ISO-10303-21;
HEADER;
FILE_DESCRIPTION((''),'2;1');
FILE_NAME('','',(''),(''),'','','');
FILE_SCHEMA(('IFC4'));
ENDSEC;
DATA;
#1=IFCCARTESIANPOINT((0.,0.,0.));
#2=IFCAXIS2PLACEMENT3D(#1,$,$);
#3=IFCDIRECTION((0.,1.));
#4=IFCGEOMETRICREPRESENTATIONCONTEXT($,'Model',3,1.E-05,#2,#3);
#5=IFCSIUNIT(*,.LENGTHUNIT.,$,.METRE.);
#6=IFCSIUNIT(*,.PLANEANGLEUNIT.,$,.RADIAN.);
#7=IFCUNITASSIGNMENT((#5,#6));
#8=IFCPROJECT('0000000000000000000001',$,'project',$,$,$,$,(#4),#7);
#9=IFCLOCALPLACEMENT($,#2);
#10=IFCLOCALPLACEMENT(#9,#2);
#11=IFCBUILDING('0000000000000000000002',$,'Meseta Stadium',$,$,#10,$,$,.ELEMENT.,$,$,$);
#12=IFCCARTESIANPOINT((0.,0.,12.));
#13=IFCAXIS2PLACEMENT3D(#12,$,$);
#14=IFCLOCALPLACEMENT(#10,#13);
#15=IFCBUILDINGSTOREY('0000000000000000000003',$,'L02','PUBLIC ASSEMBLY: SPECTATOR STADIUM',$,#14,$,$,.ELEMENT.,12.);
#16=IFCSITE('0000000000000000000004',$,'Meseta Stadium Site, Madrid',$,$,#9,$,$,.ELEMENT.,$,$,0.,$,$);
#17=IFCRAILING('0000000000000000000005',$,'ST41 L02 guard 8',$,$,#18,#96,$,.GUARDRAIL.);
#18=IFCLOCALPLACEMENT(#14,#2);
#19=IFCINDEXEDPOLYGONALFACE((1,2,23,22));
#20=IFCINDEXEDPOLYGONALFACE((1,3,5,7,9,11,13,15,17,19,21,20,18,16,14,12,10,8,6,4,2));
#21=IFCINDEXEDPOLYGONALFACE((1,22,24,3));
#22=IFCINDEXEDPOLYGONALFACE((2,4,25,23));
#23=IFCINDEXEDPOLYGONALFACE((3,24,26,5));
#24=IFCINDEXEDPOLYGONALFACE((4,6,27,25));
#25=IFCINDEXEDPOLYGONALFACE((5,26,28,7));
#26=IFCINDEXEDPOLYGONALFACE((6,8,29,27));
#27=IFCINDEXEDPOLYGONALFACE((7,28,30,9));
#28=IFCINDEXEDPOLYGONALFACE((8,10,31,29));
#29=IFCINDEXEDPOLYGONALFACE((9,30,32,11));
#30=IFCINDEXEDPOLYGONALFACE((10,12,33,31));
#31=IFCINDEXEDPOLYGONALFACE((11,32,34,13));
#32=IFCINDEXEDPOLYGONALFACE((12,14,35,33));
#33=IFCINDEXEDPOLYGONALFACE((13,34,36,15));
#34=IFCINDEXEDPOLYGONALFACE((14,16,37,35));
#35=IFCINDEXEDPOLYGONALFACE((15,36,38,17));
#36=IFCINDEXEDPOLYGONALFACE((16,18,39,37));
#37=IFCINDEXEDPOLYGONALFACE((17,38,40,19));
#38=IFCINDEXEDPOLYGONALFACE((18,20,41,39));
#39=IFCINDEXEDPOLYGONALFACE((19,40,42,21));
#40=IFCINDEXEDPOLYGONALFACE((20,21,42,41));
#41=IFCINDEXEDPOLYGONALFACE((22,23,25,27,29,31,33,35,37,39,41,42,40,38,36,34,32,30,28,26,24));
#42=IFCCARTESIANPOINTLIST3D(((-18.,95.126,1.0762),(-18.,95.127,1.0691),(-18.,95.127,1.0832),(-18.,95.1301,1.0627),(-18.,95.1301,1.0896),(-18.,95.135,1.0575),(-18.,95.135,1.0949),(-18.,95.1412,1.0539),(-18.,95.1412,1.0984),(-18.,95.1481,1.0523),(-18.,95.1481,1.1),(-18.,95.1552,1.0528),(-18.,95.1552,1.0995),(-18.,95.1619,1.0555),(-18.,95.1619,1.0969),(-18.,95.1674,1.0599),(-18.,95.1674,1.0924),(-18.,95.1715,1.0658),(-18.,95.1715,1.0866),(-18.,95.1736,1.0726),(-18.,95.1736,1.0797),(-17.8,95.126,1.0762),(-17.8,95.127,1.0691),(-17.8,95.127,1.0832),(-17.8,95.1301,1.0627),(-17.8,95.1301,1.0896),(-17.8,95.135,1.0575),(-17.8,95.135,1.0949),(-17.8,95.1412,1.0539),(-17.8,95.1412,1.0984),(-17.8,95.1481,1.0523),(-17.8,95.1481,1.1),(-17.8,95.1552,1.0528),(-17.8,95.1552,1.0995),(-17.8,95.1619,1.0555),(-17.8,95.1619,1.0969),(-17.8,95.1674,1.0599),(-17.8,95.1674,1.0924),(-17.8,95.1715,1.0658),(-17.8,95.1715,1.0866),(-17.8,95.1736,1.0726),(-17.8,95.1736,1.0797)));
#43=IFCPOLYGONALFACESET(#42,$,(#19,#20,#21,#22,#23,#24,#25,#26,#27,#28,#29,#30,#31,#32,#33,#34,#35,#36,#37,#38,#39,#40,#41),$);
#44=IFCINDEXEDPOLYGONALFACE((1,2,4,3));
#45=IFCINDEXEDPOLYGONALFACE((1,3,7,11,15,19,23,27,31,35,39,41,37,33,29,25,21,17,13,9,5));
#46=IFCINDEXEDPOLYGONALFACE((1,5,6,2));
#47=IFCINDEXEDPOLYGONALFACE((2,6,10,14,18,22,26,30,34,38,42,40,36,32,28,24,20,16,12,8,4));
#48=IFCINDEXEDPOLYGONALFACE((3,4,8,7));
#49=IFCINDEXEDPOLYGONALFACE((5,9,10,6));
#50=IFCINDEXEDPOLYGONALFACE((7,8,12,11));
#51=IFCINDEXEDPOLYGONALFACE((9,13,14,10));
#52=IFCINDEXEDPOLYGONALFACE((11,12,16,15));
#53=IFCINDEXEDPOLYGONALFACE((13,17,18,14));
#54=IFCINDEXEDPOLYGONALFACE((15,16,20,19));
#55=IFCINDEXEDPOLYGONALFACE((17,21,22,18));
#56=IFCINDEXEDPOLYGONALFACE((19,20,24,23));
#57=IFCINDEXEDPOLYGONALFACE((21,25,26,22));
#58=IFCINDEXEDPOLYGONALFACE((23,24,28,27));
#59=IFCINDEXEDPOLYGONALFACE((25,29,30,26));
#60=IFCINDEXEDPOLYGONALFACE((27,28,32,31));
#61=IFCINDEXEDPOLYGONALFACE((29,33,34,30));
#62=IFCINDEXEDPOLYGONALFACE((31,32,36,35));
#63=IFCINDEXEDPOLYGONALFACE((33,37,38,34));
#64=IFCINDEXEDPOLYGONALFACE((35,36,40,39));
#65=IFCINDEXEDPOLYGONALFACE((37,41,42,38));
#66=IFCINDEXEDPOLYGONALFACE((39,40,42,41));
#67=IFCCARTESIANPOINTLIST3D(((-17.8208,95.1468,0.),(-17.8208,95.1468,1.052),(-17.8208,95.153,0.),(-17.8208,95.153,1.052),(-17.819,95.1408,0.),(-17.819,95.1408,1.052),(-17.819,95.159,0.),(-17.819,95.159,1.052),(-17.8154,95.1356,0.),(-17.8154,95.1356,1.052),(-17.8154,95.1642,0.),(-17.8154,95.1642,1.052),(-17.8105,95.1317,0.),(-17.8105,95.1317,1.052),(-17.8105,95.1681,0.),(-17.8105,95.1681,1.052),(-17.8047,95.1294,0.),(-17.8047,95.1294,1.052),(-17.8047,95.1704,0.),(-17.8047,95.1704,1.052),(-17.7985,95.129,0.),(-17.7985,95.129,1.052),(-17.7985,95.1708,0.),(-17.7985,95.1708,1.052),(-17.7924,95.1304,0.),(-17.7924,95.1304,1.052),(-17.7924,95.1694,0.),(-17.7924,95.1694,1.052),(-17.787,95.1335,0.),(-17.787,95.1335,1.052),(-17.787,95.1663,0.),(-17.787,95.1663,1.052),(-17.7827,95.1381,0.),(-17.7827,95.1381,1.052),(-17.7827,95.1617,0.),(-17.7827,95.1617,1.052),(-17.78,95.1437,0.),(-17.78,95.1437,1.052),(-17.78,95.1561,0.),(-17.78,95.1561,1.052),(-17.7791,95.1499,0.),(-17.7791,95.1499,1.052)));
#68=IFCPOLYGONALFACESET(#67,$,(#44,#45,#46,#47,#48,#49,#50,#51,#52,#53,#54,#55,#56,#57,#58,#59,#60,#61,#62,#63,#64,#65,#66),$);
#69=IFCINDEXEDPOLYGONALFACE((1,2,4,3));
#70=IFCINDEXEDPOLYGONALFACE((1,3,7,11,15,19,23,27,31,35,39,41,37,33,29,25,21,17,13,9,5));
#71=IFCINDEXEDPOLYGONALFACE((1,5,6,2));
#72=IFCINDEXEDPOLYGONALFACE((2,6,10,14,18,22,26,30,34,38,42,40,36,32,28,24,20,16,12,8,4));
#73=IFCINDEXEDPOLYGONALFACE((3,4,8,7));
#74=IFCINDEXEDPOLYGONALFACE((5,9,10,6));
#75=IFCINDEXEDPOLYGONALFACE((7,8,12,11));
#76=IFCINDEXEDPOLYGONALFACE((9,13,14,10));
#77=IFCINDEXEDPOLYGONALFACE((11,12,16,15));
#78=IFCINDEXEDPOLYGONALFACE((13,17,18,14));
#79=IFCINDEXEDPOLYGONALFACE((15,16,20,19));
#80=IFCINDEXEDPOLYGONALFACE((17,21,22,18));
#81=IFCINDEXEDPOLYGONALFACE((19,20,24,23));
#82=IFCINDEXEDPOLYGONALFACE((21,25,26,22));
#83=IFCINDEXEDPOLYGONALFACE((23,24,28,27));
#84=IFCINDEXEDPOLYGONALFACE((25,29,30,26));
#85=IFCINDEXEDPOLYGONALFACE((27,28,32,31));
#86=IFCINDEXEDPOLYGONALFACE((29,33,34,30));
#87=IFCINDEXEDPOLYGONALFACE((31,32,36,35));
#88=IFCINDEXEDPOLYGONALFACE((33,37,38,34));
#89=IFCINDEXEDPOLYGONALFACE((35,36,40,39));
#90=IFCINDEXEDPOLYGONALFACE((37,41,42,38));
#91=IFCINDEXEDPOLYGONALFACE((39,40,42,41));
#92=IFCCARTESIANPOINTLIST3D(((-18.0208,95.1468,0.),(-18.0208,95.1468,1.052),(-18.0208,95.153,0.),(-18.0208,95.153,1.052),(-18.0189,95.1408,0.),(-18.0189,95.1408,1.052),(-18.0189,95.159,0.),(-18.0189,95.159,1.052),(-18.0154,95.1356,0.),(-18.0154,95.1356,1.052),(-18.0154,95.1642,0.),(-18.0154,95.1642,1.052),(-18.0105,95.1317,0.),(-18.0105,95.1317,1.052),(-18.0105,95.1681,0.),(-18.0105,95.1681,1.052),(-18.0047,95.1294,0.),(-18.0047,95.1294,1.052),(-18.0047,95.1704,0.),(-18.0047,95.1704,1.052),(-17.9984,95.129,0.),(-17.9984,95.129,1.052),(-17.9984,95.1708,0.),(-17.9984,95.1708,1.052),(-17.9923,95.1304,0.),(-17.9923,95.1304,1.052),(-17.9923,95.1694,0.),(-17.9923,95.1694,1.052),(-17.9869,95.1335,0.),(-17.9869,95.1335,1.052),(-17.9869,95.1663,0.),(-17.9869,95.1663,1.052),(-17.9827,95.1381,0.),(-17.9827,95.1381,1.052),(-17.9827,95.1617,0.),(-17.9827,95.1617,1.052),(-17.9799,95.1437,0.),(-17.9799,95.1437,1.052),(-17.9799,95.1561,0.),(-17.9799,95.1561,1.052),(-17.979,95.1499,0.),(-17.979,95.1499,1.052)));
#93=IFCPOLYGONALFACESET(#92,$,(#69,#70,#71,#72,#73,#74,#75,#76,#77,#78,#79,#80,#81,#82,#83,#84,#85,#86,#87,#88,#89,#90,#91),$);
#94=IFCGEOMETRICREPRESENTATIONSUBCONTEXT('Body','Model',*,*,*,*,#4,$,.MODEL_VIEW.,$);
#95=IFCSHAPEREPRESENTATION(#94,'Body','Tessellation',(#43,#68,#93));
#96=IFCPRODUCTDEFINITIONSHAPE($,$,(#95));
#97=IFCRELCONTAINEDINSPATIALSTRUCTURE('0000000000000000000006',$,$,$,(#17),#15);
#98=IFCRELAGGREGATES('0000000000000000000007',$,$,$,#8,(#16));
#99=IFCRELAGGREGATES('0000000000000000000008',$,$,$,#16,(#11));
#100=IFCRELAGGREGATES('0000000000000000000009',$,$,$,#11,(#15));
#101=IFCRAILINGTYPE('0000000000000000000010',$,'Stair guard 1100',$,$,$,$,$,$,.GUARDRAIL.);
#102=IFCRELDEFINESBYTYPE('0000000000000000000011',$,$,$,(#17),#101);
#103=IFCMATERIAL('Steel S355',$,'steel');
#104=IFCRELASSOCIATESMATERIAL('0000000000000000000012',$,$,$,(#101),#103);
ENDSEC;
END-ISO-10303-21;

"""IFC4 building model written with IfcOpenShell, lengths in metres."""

from ifc_helpers import new_model, si_unit, direction, frame, origin, origin_2d, place, context, subcontext, project, spatial, circle, extrude, material, type_object, element, save


model = new_model("IFC4")

# Units and contexts
model_context = context("Model", 3, precision=1e-05, world=origin(), true_north=direction((0.0, 1.0)))
body_context = subcontext(model_context, "Body", "Model", "MODEL_VIEW")
ifc_project = project(units=[si_unit("LENGTHUNIT", "METRE"), si_unit("PLANEANGLEUNIT", "RADIAN")], contexts=[model_context])

# Site, building, storey
site_placement = place(None, origin())
site = spatial("IfcSite", under=ifc_project, at=site_placement, Name="Meseta Stadium Site, Madrid", CompositionType="ELEMENT", RefElevation=0.0)
building_placement = place(site_placement, origin())
building = spatial("IfcBuilding", under=site, at=building_placement, Name="Meseta Stadium", CompositionType="ELEMENT")
storey_placement = place(building_placement, frame((0.0, 0.0, 12.0)))
storey = spatial("IfcBuildingStorey", under=building, at=storey_placement, Name="L02", Description="PUBLIC ASSEMBLY: SPECTATOR STADIUM", CompositionType="ELEMENT", Elevation=12.0)

# Railing
ifc_material_1 = material(Name="Steel S355", Category="steel")
railing_type_1 = type_object("IfcRailingType", Name="Stair guard 1100", PredefinedType="GUARDRAIL", material=ifc_material_1)
railing_1_placement = place(storey_placement, frame((-17.8, 95.1499, 0.0)))
element("IfcRailing", 1, at=railing_1_placement, inside=storey, type_object=railing_type_1, Name="ST41 L02 guard 8", PredefinedType="GUARDRAIL", context=body_context, shape_type="SweptSolid", body=[
    extrude(circle(Radius=0.0239, at=origin_2d()), frame((0.0, 0.0, 1.0762), z_axis=(-1.0, 0.0, 0.0), x_axis=(0.0, -1.0, 0.0)), (0.0, 0.0, 1.0), 0.2),
    extrude(circle(Radius=0.021, at=origin_2d()), origin(), (0.0, 0.0, 1.0), 1.052),
    extrude(circle(Radius=0.021, at=origin_2d()), frame((-0.2, 0.0, 0.0)), (0.0, 0.0, 1.0), 1.052),
])

save(model, "model.ifc")
